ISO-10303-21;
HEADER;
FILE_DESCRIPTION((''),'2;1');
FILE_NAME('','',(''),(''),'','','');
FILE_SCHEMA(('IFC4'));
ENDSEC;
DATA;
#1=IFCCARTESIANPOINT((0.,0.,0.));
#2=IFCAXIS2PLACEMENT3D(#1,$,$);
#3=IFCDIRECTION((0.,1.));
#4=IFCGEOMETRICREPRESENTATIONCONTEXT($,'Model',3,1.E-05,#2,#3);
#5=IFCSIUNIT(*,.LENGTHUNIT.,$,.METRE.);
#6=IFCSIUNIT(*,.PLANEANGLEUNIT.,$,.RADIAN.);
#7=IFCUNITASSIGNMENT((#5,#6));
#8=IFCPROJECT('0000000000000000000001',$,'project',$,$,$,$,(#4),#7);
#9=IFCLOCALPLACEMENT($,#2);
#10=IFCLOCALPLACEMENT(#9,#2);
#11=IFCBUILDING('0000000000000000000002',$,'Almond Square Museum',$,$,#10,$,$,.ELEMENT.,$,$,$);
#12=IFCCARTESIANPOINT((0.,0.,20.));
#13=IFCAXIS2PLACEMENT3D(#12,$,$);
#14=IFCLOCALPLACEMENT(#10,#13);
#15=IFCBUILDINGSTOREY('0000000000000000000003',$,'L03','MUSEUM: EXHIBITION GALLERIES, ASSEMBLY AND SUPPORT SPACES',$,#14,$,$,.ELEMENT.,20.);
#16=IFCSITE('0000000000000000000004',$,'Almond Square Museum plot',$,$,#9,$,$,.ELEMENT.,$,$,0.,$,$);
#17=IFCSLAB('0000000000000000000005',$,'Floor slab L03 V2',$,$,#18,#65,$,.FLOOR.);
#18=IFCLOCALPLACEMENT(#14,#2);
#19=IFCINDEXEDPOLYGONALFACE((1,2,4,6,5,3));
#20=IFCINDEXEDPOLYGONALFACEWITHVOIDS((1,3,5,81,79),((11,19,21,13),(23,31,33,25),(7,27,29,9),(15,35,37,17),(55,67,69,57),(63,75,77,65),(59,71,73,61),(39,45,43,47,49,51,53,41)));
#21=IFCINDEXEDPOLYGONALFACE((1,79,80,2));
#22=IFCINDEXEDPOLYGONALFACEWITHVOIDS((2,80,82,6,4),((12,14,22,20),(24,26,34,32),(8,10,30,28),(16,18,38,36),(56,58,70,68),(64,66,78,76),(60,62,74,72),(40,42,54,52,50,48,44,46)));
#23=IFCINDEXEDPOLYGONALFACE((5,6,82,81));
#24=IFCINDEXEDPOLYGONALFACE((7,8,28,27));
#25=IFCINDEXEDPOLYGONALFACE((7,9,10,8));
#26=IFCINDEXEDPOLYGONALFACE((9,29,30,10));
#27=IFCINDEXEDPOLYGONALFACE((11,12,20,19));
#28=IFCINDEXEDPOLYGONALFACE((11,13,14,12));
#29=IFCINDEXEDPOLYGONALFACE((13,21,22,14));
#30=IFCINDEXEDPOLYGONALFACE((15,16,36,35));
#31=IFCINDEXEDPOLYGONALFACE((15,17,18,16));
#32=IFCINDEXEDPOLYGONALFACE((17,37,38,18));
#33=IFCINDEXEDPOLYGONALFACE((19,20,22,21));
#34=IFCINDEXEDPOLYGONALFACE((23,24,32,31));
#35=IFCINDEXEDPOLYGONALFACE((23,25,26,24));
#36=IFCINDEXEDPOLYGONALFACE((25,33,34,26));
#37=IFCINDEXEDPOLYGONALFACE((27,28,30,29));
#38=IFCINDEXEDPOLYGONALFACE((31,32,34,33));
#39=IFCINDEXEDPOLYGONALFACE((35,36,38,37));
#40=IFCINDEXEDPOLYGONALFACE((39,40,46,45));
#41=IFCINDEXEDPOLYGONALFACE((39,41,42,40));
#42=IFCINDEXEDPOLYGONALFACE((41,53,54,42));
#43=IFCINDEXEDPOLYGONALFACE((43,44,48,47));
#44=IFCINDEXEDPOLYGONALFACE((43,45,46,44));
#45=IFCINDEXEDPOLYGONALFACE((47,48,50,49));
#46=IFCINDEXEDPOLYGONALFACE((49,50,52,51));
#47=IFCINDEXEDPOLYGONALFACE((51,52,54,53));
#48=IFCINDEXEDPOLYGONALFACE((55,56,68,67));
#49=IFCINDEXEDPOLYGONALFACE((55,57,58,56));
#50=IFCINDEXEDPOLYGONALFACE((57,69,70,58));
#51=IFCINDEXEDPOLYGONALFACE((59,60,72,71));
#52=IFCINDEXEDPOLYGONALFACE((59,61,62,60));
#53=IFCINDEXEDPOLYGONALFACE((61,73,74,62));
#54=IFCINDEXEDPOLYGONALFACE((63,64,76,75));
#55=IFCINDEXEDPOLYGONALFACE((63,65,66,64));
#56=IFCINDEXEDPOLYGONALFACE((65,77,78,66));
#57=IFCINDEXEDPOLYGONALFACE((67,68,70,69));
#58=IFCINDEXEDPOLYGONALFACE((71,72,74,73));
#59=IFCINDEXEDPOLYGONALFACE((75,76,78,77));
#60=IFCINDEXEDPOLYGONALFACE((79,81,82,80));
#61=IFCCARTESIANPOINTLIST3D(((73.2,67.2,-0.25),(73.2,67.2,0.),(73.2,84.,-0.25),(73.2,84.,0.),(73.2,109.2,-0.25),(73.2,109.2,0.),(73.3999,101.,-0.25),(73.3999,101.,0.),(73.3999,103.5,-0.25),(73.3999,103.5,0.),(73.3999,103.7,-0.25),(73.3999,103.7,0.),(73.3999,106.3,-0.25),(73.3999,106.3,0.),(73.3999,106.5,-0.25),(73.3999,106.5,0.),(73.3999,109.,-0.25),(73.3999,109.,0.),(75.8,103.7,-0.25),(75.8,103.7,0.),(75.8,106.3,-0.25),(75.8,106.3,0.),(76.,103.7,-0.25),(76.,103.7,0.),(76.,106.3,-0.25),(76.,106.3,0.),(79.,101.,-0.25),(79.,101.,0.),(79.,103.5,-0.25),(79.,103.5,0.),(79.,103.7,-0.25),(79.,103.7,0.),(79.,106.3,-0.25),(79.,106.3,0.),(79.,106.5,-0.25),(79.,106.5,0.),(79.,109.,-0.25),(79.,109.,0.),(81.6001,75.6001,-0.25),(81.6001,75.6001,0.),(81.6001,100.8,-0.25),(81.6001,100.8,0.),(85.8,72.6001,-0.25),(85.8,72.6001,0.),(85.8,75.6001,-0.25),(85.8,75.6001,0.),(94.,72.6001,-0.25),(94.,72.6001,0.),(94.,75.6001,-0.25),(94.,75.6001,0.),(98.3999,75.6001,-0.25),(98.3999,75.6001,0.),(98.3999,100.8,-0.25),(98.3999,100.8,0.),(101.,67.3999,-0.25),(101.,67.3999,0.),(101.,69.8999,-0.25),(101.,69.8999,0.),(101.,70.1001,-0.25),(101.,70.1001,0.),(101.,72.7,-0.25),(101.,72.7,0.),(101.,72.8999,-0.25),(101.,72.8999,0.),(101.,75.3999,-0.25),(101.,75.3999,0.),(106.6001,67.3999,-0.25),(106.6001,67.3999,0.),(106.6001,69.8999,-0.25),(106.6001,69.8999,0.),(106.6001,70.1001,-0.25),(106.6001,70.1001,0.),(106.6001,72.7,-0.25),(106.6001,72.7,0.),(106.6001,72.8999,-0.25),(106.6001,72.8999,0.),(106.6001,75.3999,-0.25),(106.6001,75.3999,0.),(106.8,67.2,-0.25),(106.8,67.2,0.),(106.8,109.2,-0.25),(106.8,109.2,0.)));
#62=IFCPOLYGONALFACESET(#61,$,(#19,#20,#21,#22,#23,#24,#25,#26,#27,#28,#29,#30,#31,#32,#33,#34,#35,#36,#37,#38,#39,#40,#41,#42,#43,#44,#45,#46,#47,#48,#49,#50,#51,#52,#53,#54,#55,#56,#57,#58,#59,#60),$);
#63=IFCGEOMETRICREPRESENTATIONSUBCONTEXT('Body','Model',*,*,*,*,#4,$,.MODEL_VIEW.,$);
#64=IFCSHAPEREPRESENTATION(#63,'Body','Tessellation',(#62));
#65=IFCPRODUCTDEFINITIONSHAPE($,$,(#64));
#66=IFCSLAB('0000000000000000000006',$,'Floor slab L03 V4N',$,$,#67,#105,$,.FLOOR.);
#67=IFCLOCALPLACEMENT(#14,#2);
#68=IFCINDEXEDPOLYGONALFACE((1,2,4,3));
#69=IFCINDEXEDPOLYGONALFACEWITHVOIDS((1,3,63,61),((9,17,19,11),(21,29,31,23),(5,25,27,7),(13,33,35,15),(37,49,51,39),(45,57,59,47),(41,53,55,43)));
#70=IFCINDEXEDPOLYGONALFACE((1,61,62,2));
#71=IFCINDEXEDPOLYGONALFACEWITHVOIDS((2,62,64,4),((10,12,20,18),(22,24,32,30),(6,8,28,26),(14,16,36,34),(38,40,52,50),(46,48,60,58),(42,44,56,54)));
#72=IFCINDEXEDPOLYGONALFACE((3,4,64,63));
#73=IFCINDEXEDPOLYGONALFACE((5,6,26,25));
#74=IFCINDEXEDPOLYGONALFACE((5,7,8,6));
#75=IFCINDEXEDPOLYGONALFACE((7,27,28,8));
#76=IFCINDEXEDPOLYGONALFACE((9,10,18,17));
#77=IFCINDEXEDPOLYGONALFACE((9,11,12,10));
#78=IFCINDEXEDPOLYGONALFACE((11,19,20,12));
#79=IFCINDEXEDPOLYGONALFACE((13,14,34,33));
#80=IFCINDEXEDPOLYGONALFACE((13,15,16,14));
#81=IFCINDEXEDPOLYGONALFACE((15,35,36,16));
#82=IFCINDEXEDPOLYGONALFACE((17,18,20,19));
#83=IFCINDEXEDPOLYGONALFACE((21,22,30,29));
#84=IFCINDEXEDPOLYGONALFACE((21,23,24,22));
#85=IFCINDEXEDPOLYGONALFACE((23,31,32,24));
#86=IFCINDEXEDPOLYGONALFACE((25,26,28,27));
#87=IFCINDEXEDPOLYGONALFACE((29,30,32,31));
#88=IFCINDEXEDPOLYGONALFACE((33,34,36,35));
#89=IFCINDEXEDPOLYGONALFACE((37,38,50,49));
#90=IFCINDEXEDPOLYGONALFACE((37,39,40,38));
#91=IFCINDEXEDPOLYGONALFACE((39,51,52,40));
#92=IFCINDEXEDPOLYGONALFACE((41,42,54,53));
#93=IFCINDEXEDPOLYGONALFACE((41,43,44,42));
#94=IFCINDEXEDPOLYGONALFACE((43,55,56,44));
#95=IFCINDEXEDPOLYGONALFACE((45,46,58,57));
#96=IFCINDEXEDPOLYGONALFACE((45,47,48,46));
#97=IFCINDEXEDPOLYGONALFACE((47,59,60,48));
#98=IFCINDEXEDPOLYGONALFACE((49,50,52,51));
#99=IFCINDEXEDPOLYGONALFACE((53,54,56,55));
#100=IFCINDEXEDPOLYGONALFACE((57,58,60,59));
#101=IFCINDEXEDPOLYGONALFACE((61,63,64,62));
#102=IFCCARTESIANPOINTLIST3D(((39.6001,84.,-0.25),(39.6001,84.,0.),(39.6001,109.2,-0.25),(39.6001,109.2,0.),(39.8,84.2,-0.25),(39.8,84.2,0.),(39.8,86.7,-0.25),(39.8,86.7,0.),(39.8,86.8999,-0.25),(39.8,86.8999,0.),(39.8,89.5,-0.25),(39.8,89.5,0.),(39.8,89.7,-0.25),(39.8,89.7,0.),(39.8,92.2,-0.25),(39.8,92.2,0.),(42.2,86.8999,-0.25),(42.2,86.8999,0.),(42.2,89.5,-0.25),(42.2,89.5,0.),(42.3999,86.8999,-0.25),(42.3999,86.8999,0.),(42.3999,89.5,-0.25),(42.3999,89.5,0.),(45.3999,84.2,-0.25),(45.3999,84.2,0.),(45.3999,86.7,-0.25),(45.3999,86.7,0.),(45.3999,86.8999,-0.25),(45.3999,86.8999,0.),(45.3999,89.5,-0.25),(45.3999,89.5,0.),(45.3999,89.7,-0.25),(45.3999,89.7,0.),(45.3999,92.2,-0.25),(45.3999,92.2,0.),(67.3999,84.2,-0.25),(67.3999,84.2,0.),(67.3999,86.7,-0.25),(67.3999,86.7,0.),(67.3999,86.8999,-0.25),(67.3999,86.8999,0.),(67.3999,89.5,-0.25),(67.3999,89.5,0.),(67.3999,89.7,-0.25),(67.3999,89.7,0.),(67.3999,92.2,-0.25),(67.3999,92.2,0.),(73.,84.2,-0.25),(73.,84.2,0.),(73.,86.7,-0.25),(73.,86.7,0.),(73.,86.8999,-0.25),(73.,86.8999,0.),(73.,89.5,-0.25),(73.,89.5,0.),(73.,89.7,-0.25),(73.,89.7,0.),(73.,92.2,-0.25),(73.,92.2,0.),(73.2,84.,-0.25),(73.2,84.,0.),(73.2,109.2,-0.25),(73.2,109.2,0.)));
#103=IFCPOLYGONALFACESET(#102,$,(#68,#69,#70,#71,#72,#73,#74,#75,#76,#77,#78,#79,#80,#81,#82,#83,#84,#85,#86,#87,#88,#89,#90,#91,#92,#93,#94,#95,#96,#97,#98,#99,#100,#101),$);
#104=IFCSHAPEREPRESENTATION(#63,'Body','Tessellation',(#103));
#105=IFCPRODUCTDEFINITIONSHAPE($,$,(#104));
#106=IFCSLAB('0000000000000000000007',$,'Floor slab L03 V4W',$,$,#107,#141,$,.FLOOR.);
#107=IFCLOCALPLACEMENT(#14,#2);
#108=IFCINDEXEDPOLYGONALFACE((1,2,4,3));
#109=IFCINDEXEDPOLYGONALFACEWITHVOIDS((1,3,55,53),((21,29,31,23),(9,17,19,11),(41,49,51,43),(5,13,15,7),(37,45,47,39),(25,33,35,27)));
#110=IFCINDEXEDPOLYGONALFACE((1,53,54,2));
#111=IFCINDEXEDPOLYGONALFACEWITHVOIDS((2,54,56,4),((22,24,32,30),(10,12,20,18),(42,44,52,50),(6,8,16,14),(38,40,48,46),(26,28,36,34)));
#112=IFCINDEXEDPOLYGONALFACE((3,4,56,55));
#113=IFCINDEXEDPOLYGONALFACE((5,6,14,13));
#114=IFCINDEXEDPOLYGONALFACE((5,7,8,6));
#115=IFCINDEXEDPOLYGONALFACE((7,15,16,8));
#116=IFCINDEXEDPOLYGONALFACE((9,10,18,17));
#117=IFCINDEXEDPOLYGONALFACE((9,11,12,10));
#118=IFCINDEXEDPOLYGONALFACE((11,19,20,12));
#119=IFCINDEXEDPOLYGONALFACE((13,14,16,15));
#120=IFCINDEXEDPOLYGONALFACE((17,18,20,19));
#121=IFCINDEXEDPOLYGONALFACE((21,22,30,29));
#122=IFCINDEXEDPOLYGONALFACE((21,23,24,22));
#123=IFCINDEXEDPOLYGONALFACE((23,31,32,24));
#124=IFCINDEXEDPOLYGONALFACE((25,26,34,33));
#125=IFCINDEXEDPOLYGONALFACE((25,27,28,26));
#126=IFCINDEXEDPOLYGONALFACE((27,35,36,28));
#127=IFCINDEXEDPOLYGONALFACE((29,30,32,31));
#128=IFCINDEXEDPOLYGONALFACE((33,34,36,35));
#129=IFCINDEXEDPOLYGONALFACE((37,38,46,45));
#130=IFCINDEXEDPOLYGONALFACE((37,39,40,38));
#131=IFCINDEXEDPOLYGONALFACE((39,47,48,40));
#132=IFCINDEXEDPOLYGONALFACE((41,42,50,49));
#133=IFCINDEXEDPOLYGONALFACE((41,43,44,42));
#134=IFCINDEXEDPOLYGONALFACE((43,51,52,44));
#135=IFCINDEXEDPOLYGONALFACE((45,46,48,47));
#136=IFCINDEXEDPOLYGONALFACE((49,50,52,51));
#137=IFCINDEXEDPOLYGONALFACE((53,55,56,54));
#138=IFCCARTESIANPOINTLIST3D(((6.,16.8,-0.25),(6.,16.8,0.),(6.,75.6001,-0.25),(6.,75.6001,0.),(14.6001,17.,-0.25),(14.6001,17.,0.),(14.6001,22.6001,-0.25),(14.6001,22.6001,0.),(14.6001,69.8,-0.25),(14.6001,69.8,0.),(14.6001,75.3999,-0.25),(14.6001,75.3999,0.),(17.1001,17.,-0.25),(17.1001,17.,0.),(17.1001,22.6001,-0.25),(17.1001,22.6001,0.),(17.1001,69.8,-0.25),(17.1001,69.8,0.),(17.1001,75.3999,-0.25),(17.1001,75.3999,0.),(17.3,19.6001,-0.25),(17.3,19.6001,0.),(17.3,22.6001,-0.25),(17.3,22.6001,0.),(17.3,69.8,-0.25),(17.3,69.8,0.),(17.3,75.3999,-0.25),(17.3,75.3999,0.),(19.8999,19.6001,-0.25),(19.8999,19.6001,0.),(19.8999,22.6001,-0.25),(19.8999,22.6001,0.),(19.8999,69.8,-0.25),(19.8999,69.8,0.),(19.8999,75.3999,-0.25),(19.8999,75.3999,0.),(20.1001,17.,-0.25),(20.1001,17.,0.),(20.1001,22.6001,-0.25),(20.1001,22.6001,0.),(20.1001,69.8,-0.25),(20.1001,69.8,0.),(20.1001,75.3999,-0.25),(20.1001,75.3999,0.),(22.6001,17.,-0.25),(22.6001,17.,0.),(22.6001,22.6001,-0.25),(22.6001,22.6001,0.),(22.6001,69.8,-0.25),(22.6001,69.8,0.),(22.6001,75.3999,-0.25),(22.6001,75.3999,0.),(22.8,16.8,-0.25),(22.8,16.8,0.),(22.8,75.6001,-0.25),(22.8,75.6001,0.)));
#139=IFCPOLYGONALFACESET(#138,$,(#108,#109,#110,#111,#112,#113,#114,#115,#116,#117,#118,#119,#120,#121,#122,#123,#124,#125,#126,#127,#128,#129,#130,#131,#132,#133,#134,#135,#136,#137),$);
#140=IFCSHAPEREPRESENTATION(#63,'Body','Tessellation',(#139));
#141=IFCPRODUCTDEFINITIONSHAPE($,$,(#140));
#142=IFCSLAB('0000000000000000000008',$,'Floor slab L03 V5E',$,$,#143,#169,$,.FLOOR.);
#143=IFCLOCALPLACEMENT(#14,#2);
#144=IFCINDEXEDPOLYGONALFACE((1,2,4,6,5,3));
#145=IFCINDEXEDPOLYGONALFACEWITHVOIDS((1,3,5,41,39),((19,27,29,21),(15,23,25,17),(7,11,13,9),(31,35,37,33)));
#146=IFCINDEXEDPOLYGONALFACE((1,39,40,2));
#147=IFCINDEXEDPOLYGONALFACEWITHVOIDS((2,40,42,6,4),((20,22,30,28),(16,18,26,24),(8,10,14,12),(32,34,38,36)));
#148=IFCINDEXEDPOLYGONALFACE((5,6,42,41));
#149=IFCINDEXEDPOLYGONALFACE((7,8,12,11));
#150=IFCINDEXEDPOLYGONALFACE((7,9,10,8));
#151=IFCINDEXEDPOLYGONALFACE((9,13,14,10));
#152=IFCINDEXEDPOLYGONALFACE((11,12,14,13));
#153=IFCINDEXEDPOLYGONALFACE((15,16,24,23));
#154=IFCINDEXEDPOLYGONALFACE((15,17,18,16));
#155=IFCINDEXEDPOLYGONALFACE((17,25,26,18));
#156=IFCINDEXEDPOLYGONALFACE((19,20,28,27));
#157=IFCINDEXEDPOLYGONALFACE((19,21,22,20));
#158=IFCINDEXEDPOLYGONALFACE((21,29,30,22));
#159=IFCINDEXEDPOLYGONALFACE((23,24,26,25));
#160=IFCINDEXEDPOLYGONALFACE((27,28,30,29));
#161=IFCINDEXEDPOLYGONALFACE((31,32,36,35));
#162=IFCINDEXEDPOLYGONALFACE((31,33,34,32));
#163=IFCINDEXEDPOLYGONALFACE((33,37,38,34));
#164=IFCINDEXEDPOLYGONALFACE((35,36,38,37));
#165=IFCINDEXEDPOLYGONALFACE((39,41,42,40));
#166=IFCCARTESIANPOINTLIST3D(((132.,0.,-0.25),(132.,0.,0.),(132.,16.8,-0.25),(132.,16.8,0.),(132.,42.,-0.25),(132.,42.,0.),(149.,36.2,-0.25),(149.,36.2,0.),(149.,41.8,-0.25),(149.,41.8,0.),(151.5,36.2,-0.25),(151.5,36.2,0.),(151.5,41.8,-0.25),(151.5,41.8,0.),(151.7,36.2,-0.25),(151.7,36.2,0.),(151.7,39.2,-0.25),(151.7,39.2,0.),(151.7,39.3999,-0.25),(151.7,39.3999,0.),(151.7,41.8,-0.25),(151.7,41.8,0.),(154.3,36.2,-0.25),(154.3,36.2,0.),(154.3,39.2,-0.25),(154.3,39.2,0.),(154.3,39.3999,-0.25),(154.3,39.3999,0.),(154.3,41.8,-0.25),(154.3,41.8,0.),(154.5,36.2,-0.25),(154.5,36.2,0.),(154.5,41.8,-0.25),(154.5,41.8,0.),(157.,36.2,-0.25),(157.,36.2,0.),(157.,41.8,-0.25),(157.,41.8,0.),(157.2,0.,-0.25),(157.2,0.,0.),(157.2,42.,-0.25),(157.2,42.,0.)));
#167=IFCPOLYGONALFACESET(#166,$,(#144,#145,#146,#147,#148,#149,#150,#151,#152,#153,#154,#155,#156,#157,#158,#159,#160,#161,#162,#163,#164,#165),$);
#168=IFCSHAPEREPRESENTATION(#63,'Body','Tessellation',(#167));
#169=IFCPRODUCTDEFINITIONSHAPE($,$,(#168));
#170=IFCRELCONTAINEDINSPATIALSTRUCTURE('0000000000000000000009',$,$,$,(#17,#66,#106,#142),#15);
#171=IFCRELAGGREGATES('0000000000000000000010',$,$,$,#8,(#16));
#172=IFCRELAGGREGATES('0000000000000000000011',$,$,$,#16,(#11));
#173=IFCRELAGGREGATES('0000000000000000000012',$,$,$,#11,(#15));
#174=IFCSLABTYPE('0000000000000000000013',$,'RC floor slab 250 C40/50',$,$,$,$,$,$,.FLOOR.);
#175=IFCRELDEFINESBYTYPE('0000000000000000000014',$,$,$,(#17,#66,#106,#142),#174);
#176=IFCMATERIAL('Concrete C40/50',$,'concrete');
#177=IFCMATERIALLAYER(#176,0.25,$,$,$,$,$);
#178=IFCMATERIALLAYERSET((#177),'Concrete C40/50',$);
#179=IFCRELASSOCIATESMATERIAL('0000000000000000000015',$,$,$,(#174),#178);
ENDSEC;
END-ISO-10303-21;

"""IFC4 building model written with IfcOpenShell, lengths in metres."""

from ifc_helpers import new_model, si_unit, direction, frame, origin, place, context, subcontext, project, spatial, polyline, outline, extrude, material, layer, layer_set, type_object, element, save


model = new_model("IFC4")

# Units and contexts
model_context = context("Model", 3, precision=1e-05, world=origin(), true_north=direction((0.0, 1.0)))
body_context = subcontext(model_context, "Body", "Model", "MODEL_VIEW")
ifc_project = project(units=[si_unit("LENGTHUNIT", "METRE"), si_unit("PLANEANGLEUNIT", "RADIAN")], contexts=[model_context])

# Site, building, storey
site_placement = place(None, origin())
site = spatial("IfcSite", under=ifc_project, at=site_placement, Name="Almond Square Museum plot", CompositionType="ELEMENT", RefElevation=0.0)
building_placement = place(site_placement, origin())
building = spatial("IfcBuilding", under=site, at=building_placement, Name="Almond Square Museum", CompositionType="ELEMENT")
storey_placement = place(building_placement, frame((0.0, 0.0, 20.0)))
storey = spatial("IfcBuildingStorey", under=building, at=storey_placement, Name="L03", Description="MUSEUM: EXHIBITION GALLERIES, ASSEMBLY AND SUPPORT SPACES", CompositionType="ELEMENT", Elevation=20.0)

# Slabs
ifc_material_1 = material(Name="Concrete C40/50", Category="concrete")
ifc_layer_1 = layer(ifc_material_1, 0.25)
ifc_layer_set_1 = layer_set([ifc_layer_1], Name="Concrete C40/50")
slab_type_1 = type_object("IfcSlabType", Name="RC floor slab 250 C40/50", PredefinedType="FLOOR", material=ifc_layer_set_1)
slab_1_placement = place(storey_placement, frame((0.0, 0.0, -0.25)))
element("IfcSlab", 1, at=slab_1_placement, inside=storey, type_object=slab_type_1, Name="Floor slab L03 V2", PredefinedType="FLOOR", context=body_context, shape_type="SweptSolid", body=[
    extrude(outline(polyline([(73.2, 109.2), (106.8, 109.2), (106.8, 67.2), (73.2, 67.2), (73.2, 84.0), (73.2, 109.2)]), holes=[polyline([(81.6001, 75.6001), (85.8, 75.6001), (85.8, 72.6001), (94.0, 72.6001), (94.0, 75.6001), (98.3999, 75.6001), (98.3999, 100.8), (81.6001, 100.8), (81.6001, 75.6001)]), polyline([(106.6001, 67.3999), (106.6001, 69.8999), (101.0, 69.8999), (101.0, 67.3999), (106.6001, 67.3999)]), polyline([(101.0, 70.1001), (106.6001, 70.1001), (106.6001, 72.7), (101.0, 72.7), (101.0, 70.1001)]), polyline([(106.6001, 72.8999), (106.6001, 75.3999), (101.0, 75.3999), (101.0, 72.8999), (106.6001, 72.8999)]), polyline([(73.3999, 101.0), (79.0, 101.0), (79.0, 103.5), (73.3999, 103.5), (73.3999, 101.0)]), polyline([(73.3999, 103.7), (75.8, 103.7), (75.8, 106.3), (73.3999, 106.3), (73.3999, 103.7)]), polyline([(79.0, 103.7), (79.0, 106.3), (76.0, 106.3), (76.0, 103.7), (79.0, 103.7)]), polyline([(73.3999, 106.5), (79.0, 106.5), (79.0, 109.0), (73.3999, 109.0), (73.3999, 106.5)])]), origin(), (0.0, 0.0, 1.0), 0.25),
])
slab_2_placement = place(storey_placement, frame((0.0, 0.0, -0.25)))
element("IfcSlab", 2, at=slab_2_placement, inside=storey, type_object=slab_type_1, Name="Floor slab L03 V4N", PredefinedType="FLOOR", context=body_context, shape_type="SweptSolid", body=[
    extrude(outline(polyline([(73.2, 109.2), (73.2, 84.0), (39.6001, 84.0), (39.6001, 109.2), (73.2, 109.2)]), holes=[polyline([(45.3999, 84.2), (45.3999, 86.7), (39.8, 86.7), (39.8, 84.2), (45.3999, 84.2)]), polyline([(39.8, 86.8999), (42.2, 86.8999), (42.2, 89.5), (39.8, 89.5), (39.8, 86.8999)]), polyline([(42.3999, 86.8999), (45.3999, 86.8999), (45.3999, 89.5), (42.3999, 89.5), (42.3999, 86.8999)]), polyline([(45.3999, 89.7), (45.3999, 92.2), (39.8, 92.2), (39.8, 89.7), (45.3999, 89.7)]), polyline([(67.3999, 84.2), (73.0, 84.2), (73.0, 86.7), (67.3999, 86.7), (67.3999, 84.2)]), polyline([(67.3999, 86.8999), (73.0, 86.8999), (73.0, 89.5), (67.3999, 89.5), (67.3999, 86.8999)]), polyline([(73.0, 89.7), (73.0, 92.2), (67.3999, 92.2), (67.3999, 89.7), (73.0, 89.7)])]), origin(), (0.0, 0.0, 1.0), 0.25),
])
slab_3_placement = place(storey_placement, frame((0.0, 0.0, -0.25)))
element("IfcSlab", 3, at=slab_3_placement, inside=storey, type_object=slab_type_1, Name="Floor slab L03 V4W", PredefinedType="FLOOR", context=body_context, shape_type="SweptSolid", body=[
    extrude(outline(polyline([(22.8, 75.6001), (22.8, 16.8), (6.0, 16.8), (6.0, 75.6001), (22.8, 75.6001)]), holes=[polyline([(17.1001, 17.0), (17.1001, 22.6001), (14.6001, 22.6001), (14.6001, 17.0), (17.1001, 17.0)]), polyline([(20.1001, 17.0), (22.6001, 17.0), (22.6001, 22.6001), (20.1001, 22.6001), (20.1001, 17.0)]), polyline([(17.3, 19.6001), (19.8999, 19.6001), (19.8999, 22.6001), (17.3, 22.6001), (17.3, 19.6001)]), polyline([(17.1001, 69.8), (17.1001, 75.3999), (14.6001, 75.3999), (14.6001, 69.8), (17.1001, 69.8)]), polyline([(17.3, 69.8), (19.8999, 69.8), (19.8999, 75.3999), (17.3, 75.3999), (17.3, 69.8)]), polyline([(20.1001, 69.8), (22.6001, 69.8), (22.6001, 75.3999), (20.1001, 75.3999), (20.1001, 69.8)])]), origin(), (0.0, 0.0, 1.0), 0.25),
])
slab_4_placement = place(storey_placement, frame((0.0, 0.0, -0.25)))
element("IfcSlab", 4, at=slab_4_placement, inside=storey, type_object=slab_type_1, Name="Floor slab L03 V5E", PredefinedType="FLOOR", context=body_context, shape_type="SweptSolid", body=[
    extrude(outline(polyline([(157.2, 0.0), (132.0, 0.0), (132.0, 16.8), (132.0, 42.0), (157.2, 42.0), (157.2, 0.0)]), holes=[polyline([(151.7, 36.2), (154.3, 36.2), (154.3, 39.2), (151.7, 39.2), (151.7, 36.2)]), polyline([(151.5, 36.2), (151.5, 41.8), (149.0, 41.8), (149.0, 36.2), (151.5, 36.2)]), polyline([(154.5, 36.2), (157.0, 36.2), (157.0, 41.8), (154.5, 41.8), (154.5, 36.2)]), polyline([(151.7, 39.3999), (154.3, 39.3999), (154.3, 41.8), (151.7, 41.8), (151.7, 39.3999)])]), origin(), (0.0, 0.0, 1.0), 0.25),
])

save(model, "model.ifc")
